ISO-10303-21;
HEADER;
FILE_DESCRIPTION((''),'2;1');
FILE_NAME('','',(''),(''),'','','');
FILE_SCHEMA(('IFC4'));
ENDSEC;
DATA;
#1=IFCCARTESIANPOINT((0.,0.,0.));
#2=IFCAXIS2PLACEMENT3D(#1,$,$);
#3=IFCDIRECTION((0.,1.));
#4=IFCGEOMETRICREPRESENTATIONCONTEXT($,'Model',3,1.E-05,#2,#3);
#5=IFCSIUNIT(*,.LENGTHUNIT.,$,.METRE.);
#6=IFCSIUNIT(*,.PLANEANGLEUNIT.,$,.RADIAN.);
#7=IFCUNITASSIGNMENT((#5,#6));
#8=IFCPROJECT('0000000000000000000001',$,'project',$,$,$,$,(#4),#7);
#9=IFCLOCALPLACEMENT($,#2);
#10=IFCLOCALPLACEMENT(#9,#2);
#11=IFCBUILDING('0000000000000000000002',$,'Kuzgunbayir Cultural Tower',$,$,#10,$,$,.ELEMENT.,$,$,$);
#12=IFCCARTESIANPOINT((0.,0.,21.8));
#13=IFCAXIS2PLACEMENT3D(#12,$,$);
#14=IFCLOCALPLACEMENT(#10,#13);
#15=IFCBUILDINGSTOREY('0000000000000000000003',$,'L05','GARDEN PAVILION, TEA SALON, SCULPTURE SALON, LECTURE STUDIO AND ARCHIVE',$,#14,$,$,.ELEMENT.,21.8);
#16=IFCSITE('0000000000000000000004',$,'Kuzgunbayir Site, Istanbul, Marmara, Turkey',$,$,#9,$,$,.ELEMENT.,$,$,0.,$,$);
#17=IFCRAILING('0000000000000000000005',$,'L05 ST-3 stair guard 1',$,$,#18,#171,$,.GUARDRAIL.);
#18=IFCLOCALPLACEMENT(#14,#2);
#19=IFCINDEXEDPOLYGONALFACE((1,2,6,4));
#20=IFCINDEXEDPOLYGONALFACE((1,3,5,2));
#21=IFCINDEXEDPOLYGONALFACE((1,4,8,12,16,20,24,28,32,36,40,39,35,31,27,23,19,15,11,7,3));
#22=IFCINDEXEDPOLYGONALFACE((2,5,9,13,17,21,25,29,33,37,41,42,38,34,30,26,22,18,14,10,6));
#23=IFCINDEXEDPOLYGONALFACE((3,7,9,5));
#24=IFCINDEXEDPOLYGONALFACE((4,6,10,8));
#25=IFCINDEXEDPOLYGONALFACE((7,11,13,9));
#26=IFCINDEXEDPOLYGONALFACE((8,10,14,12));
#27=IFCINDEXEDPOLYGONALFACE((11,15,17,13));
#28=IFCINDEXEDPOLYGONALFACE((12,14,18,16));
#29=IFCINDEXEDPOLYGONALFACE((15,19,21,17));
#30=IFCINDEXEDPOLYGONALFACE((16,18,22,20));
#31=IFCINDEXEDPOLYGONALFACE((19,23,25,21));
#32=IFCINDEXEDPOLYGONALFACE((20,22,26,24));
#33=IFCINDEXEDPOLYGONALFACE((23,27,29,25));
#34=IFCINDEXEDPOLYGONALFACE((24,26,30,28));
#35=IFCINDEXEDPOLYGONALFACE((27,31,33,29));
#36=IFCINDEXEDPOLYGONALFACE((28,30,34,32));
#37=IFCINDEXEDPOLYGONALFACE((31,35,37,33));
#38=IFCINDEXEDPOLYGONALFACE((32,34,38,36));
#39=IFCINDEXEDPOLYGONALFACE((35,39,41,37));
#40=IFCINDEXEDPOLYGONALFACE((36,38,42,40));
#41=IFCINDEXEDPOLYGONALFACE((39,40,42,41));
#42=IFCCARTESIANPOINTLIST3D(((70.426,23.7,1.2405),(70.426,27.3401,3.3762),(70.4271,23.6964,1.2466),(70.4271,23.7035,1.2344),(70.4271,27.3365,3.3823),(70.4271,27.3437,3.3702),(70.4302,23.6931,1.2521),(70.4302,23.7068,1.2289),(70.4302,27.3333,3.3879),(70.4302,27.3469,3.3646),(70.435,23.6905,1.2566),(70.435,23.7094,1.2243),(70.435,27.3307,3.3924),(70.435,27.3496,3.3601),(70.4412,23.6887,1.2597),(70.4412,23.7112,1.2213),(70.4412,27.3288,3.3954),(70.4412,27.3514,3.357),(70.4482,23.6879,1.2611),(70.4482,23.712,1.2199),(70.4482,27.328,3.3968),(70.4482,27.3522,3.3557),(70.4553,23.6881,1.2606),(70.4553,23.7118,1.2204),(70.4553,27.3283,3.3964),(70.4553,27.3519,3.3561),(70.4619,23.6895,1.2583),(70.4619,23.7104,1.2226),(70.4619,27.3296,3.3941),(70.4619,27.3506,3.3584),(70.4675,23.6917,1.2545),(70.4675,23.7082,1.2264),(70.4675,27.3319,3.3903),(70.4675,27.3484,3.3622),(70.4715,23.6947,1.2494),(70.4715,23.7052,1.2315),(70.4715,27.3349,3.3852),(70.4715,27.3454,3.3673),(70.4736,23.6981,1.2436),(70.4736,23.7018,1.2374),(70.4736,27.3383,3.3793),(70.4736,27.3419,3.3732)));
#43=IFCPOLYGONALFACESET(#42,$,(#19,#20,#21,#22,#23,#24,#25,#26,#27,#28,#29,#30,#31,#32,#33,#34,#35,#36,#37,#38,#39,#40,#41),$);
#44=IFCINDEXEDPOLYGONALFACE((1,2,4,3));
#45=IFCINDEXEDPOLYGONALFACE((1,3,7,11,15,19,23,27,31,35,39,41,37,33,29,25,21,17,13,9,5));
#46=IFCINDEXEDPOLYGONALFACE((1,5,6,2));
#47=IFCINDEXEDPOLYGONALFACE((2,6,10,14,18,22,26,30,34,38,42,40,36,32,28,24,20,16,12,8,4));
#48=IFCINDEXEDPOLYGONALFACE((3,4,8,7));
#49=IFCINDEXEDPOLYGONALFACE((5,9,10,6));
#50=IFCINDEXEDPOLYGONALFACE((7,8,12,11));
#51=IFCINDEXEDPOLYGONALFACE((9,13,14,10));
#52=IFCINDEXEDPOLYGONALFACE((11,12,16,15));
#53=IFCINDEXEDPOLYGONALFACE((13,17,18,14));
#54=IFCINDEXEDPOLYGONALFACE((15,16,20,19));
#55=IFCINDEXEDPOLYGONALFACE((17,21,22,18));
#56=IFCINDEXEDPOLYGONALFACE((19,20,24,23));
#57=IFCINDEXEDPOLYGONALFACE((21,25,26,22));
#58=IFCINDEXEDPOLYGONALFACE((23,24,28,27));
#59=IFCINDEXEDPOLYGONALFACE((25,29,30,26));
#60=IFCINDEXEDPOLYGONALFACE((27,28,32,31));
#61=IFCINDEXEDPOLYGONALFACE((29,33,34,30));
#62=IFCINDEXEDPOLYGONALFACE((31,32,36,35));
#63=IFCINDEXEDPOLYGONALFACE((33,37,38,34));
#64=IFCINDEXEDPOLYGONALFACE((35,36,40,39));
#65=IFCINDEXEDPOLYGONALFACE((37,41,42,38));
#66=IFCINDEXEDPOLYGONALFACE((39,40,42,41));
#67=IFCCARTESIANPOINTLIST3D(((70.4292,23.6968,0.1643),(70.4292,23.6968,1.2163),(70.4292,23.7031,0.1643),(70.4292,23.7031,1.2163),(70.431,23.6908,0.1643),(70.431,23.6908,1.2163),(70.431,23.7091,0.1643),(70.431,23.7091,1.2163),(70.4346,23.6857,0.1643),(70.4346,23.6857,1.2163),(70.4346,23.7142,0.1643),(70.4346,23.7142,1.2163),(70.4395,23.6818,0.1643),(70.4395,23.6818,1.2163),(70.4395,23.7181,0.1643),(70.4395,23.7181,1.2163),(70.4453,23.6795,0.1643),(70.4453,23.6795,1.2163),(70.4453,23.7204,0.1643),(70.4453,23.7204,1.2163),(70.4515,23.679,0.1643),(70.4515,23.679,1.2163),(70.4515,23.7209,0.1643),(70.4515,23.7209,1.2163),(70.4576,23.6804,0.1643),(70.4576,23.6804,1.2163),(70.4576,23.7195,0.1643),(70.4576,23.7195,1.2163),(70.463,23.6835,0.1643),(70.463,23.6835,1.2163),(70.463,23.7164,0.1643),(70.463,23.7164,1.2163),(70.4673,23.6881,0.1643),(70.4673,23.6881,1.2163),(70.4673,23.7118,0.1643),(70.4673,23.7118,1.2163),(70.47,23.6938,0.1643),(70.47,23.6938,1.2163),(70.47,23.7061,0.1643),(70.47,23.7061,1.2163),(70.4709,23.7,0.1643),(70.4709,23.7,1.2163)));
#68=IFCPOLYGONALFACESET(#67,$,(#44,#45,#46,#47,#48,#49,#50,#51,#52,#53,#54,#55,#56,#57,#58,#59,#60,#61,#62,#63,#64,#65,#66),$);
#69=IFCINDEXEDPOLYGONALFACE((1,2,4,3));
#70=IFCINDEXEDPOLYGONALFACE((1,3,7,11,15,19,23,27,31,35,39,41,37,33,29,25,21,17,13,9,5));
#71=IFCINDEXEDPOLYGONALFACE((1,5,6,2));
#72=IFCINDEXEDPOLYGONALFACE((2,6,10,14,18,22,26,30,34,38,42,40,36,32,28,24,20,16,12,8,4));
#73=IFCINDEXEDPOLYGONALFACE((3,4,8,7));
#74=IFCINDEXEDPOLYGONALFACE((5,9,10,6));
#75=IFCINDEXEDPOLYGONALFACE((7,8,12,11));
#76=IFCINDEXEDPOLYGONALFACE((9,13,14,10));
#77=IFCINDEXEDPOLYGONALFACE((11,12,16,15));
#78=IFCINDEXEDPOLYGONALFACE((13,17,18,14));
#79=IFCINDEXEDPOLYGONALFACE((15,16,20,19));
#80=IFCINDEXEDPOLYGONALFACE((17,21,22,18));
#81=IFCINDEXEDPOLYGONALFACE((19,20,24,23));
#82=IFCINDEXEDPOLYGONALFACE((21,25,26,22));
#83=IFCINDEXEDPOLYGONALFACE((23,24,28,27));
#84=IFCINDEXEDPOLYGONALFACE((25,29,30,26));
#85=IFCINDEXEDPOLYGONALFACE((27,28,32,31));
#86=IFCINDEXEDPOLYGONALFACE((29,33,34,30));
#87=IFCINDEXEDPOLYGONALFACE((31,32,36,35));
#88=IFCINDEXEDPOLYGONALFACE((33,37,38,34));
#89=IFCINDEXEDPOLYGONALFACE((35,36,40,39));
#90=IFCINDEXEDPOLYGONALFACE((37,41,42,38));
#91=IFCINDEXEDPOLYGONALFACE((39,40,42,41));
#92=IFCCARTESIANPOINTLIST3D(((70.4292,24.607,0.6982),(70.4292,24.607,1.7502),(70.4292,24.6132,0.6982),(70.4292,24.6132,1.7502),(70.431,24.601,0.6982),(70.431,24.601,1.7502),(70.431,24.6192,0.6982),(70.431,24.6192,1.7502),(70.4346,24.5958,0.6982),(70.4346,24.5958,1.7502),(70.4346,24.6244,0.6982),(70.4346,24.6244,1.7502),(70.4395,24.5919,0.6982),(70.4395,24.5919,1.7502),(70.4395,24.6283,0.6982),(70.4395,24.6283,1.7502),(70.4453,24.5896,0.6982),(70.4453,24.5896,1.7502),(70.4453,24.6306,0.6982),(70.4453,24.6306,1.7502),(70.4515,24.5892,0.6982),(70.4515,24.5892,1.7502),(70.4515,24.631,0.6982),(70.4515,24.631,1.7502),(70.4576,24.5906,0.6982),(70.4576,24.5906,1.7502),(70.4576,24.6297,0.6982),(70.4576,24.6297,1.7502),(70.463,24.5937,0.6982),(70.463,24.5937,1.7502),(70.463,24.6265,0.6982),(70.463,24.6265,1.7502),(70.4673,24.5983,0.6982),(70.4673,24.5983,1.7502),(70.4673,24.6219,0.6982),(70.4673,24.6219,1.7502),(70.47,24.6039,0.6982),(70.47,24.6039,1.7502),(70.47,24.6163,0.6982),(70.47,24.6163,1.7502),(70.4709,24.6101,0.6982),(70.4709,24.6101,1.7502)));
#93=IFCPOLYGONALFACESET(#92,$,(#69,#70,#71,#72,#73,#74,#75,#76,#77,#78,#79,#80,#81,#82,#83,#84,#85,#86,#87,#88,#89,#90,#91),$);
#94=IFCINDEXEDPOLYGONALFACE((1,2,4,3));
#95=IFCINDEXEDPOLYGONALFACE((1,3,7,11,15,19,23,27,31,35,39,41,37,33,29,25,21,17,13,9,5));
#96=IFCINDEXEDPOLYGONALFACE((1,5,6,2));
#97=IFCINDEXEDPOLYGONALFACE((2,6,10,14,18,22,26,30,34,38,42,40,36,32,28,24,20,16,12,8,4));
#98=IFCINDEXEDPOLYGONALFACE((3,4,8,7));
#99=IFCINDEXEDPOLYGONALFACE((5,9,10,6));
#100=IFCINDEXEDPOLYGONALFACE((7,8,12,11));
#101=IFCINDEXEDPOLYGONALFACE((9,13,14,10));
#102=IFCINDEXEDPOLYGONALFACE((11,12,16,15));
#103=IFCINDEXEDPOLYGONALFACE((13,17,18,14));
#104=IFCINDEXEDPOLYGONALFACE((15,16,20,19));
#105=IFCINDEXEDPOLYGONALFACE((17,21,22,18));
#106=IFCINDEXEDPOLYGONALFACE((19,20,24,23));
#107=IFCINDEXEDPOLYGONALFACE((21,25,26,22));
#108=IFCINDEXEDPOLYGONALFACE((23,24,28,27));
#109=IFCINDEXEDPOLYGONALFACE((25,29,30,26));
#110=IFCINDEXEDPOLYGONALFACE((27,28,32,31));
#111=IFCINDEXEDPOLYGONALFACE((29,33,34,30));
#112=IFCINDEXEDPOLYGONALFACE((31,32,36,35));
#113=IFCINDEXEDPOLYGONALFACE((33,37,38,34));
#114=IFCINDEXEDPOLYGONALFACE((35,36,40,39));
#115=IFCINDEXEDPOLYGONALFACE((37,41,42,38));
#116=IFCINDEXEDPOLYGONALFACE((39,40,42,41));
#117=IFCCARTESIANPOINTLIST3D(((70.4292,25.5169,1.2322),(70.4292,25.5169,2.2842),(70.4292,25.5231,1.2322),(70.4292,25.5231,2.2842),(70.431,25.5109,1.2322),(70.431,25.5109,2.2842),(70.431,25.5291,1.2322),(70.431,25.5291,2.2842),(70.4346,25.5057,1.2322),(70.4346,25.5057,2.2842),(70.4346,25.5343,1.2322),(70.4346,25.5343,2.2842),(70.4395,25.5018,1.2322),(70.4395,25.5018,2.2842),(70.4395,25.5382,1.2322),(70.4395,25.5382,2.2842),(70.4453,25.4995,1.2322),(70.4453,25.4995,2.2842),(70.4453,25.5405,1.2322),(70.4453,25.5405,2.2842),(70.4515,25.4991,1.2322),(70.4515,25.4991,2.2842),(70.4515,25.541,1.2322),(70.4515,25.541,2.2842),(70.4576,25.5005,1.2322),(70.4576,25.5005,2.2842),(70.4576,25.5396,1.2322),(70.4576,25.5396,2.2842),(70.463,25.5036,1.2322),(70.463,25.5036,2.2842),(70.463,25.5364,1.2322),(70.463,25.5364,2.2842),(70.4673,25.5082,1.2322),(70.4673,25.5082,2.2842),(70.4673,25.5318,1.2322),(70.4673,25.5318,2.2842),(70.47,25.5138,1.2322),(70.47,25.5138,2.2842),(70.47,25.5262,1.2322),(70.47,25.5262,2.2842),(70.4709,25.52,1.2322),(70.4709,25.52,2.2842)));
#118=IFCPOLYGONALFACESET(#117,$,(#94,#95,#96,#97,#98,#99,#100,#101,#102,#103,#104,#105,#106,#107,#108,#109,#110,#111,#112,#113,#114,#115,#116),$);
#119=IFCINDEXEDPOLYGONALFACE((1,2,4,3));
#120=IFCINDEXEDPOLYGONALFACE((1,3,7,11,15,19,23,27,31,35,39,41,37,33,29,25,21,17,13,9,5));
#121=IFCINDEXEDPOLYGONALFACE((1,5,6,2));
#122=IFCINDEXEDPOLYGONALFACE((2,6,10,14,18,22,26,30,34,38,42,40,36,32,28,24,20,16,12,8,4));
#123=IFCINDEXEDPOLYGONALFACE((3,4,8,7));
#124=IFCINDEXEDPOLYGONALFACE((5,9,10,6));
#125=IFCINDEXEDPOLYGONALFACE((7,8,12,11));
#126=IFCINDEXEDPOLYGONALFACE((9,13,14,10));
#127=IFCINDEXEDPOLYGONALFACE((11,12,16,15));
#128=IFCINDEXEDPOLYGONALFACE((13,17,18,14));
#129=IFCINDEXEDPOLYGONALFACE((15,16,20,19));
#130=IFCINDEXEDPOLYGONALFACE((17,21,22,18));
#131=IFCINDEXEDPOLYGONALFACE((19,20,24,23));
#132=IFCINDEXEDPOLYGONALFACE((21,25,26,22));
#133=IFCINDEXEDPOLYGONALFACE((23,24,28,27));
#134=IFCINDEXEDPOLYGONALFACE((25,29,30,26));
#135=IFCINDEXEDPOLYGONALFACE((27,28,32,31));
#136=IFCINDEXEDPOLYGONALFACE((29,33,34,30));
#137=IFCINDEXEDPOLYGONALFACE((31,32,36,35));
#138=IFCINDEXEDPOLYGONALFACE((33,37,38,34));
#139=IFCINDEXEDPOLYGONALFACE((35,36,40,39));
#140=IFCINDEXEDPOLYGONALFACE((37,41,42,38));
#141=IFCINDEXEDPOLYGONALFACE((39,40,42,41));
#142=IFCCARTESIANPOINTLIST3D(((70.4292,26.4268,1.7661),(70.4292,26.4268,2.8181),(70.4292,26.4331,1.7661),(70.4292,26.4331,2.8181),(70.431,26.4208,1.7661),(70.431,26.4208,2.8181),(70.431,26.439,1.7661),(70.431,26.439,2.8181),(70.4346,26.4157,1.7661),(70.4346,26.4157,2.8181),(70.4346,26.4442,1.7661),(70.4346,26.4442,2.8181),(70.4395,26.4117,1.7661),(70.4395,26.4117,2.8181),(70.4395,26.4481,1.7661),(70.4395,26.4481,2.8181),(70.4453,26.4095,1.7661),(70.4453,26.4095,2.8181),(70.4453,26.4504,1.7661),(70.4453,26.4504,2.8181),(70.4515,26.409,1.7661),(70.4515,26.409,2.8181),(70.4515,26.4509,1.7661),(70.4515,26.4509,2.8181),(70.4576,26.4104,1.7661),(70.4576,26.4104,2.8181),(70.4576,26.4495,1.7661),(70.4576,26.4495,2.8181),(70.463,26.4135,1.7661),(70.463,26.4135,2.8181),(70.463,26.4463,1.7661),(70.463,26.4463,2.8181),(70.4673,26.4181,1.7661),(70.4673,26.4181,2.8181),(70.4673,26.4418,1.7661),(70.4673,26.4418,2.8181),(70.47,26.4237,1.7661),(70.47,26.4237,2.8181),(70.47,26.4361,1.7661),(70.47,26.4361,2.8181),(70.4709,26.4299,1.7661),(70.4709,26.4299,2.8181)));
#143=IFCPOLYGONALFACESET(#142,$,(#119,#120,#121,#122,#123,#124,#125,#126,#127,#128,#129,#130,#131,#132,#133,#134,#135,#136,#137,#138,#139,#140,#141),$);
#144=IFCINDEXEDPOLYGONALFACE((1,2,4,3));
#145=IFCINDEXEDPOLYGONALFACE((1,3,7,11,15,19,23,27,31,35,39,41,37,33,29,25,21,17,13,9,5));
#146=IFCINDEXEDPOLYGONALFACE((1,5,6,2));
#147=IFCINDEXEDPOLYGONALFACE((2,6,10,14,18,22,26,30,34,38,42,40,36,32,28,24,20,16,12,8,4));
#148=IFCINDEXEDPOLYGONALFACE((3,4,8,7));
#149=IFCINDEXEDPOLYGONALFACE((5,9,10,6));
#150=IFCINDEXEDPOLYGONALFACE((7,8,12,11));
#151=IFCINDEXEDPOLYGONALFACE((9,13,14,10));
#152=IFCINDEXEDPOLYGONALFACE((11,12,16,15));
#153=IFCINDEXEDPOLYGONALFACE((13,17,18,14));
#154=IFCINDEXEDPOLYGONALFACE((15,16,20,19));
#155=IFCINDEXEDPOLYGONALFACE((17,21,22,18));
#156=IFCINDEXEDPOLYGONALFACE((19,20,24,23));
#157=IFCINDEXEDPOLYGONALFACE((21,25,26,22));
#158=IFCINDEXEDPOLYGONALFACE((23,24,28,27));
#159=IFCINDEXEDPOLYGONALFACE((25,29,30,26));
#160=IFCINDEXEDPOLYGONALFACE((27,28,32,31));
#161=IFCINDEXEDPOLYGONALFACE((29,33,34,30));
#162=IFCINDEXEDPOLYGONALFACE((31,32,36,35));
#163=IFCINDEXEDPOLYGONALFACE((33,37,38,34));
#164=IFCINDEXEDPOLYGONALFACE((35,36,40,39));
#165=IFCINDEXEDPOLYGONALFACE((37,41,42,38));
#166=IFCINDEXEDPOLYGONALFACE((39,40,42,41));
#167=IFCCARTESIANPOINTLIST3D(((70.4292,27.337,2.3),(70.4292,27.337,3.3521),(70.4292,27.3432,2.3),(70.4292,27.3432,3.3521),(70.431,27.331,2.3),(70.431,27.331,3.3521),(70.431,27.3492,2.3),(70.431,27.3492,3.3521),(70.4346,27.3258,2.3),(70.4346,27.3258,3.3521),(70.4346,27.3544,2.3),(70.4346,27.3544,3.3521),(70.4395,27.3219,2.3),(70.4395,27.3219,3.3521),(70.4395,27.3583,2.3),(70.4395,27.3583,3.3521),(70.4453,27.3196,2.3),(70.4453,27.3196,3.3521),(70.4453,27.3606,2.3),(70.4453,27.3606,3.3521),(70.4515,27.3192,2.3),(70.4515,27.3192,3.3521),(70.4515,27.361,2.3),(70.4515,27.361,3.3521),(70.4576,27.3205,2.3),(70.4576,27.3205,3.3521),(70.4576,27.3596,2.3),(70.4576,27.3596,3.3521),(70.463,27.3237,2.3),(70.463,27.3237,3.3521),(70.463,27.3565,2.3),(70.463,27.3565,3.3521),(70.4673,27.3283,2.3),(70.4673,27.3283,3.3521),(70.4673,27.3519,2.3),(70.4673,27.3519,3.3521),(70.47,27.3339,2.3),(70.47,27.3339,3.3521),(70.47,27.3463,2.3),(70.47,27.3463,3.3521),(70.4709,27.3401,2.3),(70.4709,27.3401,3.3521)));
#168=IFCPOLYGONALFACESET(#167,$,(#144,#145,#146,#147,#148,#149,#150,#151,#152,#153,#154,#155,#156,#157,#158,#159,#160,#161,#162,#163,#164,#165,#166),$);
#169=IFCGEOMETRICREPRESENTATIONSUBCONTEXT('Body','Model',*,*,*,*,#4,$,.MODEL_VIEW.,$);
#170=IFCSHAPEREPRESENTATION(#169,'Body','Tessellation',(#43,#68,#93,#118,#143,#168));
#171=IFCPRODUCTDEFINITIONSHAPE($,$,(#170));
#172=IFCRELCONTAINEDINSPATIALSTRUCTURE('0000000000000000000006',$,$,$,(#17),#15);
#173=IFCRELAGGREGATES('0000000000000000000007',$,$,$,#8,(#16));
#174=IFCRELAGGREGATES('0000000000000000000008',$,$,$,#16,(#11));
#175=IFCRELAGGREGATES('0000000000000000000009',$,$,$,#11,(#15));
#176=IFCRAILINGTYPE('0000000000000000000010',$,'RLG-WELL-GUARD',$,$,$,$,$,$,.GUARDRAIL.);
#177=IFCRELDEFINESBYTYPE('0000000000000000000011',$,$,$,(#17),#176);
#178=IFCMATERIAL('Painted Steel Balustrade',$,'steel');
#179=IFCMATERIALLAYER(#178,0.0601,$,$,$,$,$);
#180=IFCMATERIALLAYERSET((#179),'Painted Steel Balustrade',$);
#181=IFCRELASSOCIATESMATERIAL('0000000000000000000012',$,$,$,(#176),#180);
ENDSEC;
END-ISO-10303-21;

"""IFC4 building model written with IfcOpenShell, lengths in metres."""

from ifc_helpers import new_model, si_unit, direction, frame, origin, origin_2d, place, context, subcontext, project, spatial, circle, extrude, material, layer, layer_set, type_object, element, save


model = new_model("IFC4")

# Units and contexts
model_context = context("Model", 3, precision=1e-05, world=origin(), true_north=direction((0.0, 1.0)))
body_context = subcontext(model_context, "Body", "Model", "MODEL_VIEW")
ifc_project = project(units=[si_unit("LENGTHUNIT", "METRE"), si_unit("PLANEANGLEUNIT", "RADIAN")], contexts=[model_context])

# Site, building, storey
site_placement = place(None, origin())
site = spatial("IfcSite", under=ifc_project, at=site_placement, Name="Kuzgunbayir Site, Istanbul, Marmara, Turkey", CompositionType="ELEMENT", RefElevation=0.0)
building_placement = place(site_placement, origin())
building = spatial("IfcBuilding", under=site, at=building_placement, Name="Kuzgunbayir Cultural Tower", CompositionType="ELEMENT")
storey_placement = place(building_placement, frame((0.0, 0.0, 21.8)))
storey = spatial("IfcBuildingStorey", under=building, at=storey_placement, Name="L05", Description="GARDEN PAVILION, TEA SALON, SCULPTURE SALON, LECTURE STUDIO AND ARCHIVE", CompositionType="ELEMENT", Elevation=21.8)

# Railing
ifc_material_1 = material(Name="Painted Steel Balustrade", Category="steel")
ifc_layer_1 = layer(ifc_material_1, 0.0601)
ifc_layer_set_1 = layer_set([ifc_layer_1], Name="Painted Steel Balustrade")
railing_type_1 = type_object("IfcRailingType", Name="RLG-WELL-GUARD", PredefinedType="GUARDRAIL", material=ifc_layer_set_1)
railing_1_placement = place(storey_placement, frame((70.45, 23.7, 0.1643)))
element("IfcRailing", 1, at=railing_1_placement, inside=storey, type_object=railing_type_1, Name="L05 ST-3 stair guard 1", PredefinedType="GUARDRAIL", context=body_context, shape_type="SweptSolid", body=[
    extrude(circle(Radius=0.0239, at=origin_2d()), frame((0.0, 0.0, 1.0762), z_axis=(0.0, 0.862505, 0.506049), x_axis=(-1.0, 0.0, 0.0)), (0.0, 0.0, 1.0), 4.2205),
    extrude(circle(Radius=0.021, at=origin_2d()), origin(), (0.0, 0.0, 1.0), 1.052),
    extrude(circle(Radius=0.021, at=origin_2d()), frame((0.0, 0.9102, 0.5339)), (0.0, 0.0, 1.0), 1.052),
    extrude(circle(Radius=0.021, at=origin_2d()), frame((0.0, 1.8201, 1.0679)), (0.0, 0.0, 1.0), 1.052),
    extrude(circle(Radius=0.021, at=origin_2d()), frame((0.0, 2.73, 1.6018)), (0.0, 0.0, 1.0), 1.052),
    extrude(circle(Radius=0.021, at=origin_2d()), frame((0.0, 3.6401, 2.1357)), (0.0, 0.0, 1.0), 1.052),
])

save(model, "model.ifc")
